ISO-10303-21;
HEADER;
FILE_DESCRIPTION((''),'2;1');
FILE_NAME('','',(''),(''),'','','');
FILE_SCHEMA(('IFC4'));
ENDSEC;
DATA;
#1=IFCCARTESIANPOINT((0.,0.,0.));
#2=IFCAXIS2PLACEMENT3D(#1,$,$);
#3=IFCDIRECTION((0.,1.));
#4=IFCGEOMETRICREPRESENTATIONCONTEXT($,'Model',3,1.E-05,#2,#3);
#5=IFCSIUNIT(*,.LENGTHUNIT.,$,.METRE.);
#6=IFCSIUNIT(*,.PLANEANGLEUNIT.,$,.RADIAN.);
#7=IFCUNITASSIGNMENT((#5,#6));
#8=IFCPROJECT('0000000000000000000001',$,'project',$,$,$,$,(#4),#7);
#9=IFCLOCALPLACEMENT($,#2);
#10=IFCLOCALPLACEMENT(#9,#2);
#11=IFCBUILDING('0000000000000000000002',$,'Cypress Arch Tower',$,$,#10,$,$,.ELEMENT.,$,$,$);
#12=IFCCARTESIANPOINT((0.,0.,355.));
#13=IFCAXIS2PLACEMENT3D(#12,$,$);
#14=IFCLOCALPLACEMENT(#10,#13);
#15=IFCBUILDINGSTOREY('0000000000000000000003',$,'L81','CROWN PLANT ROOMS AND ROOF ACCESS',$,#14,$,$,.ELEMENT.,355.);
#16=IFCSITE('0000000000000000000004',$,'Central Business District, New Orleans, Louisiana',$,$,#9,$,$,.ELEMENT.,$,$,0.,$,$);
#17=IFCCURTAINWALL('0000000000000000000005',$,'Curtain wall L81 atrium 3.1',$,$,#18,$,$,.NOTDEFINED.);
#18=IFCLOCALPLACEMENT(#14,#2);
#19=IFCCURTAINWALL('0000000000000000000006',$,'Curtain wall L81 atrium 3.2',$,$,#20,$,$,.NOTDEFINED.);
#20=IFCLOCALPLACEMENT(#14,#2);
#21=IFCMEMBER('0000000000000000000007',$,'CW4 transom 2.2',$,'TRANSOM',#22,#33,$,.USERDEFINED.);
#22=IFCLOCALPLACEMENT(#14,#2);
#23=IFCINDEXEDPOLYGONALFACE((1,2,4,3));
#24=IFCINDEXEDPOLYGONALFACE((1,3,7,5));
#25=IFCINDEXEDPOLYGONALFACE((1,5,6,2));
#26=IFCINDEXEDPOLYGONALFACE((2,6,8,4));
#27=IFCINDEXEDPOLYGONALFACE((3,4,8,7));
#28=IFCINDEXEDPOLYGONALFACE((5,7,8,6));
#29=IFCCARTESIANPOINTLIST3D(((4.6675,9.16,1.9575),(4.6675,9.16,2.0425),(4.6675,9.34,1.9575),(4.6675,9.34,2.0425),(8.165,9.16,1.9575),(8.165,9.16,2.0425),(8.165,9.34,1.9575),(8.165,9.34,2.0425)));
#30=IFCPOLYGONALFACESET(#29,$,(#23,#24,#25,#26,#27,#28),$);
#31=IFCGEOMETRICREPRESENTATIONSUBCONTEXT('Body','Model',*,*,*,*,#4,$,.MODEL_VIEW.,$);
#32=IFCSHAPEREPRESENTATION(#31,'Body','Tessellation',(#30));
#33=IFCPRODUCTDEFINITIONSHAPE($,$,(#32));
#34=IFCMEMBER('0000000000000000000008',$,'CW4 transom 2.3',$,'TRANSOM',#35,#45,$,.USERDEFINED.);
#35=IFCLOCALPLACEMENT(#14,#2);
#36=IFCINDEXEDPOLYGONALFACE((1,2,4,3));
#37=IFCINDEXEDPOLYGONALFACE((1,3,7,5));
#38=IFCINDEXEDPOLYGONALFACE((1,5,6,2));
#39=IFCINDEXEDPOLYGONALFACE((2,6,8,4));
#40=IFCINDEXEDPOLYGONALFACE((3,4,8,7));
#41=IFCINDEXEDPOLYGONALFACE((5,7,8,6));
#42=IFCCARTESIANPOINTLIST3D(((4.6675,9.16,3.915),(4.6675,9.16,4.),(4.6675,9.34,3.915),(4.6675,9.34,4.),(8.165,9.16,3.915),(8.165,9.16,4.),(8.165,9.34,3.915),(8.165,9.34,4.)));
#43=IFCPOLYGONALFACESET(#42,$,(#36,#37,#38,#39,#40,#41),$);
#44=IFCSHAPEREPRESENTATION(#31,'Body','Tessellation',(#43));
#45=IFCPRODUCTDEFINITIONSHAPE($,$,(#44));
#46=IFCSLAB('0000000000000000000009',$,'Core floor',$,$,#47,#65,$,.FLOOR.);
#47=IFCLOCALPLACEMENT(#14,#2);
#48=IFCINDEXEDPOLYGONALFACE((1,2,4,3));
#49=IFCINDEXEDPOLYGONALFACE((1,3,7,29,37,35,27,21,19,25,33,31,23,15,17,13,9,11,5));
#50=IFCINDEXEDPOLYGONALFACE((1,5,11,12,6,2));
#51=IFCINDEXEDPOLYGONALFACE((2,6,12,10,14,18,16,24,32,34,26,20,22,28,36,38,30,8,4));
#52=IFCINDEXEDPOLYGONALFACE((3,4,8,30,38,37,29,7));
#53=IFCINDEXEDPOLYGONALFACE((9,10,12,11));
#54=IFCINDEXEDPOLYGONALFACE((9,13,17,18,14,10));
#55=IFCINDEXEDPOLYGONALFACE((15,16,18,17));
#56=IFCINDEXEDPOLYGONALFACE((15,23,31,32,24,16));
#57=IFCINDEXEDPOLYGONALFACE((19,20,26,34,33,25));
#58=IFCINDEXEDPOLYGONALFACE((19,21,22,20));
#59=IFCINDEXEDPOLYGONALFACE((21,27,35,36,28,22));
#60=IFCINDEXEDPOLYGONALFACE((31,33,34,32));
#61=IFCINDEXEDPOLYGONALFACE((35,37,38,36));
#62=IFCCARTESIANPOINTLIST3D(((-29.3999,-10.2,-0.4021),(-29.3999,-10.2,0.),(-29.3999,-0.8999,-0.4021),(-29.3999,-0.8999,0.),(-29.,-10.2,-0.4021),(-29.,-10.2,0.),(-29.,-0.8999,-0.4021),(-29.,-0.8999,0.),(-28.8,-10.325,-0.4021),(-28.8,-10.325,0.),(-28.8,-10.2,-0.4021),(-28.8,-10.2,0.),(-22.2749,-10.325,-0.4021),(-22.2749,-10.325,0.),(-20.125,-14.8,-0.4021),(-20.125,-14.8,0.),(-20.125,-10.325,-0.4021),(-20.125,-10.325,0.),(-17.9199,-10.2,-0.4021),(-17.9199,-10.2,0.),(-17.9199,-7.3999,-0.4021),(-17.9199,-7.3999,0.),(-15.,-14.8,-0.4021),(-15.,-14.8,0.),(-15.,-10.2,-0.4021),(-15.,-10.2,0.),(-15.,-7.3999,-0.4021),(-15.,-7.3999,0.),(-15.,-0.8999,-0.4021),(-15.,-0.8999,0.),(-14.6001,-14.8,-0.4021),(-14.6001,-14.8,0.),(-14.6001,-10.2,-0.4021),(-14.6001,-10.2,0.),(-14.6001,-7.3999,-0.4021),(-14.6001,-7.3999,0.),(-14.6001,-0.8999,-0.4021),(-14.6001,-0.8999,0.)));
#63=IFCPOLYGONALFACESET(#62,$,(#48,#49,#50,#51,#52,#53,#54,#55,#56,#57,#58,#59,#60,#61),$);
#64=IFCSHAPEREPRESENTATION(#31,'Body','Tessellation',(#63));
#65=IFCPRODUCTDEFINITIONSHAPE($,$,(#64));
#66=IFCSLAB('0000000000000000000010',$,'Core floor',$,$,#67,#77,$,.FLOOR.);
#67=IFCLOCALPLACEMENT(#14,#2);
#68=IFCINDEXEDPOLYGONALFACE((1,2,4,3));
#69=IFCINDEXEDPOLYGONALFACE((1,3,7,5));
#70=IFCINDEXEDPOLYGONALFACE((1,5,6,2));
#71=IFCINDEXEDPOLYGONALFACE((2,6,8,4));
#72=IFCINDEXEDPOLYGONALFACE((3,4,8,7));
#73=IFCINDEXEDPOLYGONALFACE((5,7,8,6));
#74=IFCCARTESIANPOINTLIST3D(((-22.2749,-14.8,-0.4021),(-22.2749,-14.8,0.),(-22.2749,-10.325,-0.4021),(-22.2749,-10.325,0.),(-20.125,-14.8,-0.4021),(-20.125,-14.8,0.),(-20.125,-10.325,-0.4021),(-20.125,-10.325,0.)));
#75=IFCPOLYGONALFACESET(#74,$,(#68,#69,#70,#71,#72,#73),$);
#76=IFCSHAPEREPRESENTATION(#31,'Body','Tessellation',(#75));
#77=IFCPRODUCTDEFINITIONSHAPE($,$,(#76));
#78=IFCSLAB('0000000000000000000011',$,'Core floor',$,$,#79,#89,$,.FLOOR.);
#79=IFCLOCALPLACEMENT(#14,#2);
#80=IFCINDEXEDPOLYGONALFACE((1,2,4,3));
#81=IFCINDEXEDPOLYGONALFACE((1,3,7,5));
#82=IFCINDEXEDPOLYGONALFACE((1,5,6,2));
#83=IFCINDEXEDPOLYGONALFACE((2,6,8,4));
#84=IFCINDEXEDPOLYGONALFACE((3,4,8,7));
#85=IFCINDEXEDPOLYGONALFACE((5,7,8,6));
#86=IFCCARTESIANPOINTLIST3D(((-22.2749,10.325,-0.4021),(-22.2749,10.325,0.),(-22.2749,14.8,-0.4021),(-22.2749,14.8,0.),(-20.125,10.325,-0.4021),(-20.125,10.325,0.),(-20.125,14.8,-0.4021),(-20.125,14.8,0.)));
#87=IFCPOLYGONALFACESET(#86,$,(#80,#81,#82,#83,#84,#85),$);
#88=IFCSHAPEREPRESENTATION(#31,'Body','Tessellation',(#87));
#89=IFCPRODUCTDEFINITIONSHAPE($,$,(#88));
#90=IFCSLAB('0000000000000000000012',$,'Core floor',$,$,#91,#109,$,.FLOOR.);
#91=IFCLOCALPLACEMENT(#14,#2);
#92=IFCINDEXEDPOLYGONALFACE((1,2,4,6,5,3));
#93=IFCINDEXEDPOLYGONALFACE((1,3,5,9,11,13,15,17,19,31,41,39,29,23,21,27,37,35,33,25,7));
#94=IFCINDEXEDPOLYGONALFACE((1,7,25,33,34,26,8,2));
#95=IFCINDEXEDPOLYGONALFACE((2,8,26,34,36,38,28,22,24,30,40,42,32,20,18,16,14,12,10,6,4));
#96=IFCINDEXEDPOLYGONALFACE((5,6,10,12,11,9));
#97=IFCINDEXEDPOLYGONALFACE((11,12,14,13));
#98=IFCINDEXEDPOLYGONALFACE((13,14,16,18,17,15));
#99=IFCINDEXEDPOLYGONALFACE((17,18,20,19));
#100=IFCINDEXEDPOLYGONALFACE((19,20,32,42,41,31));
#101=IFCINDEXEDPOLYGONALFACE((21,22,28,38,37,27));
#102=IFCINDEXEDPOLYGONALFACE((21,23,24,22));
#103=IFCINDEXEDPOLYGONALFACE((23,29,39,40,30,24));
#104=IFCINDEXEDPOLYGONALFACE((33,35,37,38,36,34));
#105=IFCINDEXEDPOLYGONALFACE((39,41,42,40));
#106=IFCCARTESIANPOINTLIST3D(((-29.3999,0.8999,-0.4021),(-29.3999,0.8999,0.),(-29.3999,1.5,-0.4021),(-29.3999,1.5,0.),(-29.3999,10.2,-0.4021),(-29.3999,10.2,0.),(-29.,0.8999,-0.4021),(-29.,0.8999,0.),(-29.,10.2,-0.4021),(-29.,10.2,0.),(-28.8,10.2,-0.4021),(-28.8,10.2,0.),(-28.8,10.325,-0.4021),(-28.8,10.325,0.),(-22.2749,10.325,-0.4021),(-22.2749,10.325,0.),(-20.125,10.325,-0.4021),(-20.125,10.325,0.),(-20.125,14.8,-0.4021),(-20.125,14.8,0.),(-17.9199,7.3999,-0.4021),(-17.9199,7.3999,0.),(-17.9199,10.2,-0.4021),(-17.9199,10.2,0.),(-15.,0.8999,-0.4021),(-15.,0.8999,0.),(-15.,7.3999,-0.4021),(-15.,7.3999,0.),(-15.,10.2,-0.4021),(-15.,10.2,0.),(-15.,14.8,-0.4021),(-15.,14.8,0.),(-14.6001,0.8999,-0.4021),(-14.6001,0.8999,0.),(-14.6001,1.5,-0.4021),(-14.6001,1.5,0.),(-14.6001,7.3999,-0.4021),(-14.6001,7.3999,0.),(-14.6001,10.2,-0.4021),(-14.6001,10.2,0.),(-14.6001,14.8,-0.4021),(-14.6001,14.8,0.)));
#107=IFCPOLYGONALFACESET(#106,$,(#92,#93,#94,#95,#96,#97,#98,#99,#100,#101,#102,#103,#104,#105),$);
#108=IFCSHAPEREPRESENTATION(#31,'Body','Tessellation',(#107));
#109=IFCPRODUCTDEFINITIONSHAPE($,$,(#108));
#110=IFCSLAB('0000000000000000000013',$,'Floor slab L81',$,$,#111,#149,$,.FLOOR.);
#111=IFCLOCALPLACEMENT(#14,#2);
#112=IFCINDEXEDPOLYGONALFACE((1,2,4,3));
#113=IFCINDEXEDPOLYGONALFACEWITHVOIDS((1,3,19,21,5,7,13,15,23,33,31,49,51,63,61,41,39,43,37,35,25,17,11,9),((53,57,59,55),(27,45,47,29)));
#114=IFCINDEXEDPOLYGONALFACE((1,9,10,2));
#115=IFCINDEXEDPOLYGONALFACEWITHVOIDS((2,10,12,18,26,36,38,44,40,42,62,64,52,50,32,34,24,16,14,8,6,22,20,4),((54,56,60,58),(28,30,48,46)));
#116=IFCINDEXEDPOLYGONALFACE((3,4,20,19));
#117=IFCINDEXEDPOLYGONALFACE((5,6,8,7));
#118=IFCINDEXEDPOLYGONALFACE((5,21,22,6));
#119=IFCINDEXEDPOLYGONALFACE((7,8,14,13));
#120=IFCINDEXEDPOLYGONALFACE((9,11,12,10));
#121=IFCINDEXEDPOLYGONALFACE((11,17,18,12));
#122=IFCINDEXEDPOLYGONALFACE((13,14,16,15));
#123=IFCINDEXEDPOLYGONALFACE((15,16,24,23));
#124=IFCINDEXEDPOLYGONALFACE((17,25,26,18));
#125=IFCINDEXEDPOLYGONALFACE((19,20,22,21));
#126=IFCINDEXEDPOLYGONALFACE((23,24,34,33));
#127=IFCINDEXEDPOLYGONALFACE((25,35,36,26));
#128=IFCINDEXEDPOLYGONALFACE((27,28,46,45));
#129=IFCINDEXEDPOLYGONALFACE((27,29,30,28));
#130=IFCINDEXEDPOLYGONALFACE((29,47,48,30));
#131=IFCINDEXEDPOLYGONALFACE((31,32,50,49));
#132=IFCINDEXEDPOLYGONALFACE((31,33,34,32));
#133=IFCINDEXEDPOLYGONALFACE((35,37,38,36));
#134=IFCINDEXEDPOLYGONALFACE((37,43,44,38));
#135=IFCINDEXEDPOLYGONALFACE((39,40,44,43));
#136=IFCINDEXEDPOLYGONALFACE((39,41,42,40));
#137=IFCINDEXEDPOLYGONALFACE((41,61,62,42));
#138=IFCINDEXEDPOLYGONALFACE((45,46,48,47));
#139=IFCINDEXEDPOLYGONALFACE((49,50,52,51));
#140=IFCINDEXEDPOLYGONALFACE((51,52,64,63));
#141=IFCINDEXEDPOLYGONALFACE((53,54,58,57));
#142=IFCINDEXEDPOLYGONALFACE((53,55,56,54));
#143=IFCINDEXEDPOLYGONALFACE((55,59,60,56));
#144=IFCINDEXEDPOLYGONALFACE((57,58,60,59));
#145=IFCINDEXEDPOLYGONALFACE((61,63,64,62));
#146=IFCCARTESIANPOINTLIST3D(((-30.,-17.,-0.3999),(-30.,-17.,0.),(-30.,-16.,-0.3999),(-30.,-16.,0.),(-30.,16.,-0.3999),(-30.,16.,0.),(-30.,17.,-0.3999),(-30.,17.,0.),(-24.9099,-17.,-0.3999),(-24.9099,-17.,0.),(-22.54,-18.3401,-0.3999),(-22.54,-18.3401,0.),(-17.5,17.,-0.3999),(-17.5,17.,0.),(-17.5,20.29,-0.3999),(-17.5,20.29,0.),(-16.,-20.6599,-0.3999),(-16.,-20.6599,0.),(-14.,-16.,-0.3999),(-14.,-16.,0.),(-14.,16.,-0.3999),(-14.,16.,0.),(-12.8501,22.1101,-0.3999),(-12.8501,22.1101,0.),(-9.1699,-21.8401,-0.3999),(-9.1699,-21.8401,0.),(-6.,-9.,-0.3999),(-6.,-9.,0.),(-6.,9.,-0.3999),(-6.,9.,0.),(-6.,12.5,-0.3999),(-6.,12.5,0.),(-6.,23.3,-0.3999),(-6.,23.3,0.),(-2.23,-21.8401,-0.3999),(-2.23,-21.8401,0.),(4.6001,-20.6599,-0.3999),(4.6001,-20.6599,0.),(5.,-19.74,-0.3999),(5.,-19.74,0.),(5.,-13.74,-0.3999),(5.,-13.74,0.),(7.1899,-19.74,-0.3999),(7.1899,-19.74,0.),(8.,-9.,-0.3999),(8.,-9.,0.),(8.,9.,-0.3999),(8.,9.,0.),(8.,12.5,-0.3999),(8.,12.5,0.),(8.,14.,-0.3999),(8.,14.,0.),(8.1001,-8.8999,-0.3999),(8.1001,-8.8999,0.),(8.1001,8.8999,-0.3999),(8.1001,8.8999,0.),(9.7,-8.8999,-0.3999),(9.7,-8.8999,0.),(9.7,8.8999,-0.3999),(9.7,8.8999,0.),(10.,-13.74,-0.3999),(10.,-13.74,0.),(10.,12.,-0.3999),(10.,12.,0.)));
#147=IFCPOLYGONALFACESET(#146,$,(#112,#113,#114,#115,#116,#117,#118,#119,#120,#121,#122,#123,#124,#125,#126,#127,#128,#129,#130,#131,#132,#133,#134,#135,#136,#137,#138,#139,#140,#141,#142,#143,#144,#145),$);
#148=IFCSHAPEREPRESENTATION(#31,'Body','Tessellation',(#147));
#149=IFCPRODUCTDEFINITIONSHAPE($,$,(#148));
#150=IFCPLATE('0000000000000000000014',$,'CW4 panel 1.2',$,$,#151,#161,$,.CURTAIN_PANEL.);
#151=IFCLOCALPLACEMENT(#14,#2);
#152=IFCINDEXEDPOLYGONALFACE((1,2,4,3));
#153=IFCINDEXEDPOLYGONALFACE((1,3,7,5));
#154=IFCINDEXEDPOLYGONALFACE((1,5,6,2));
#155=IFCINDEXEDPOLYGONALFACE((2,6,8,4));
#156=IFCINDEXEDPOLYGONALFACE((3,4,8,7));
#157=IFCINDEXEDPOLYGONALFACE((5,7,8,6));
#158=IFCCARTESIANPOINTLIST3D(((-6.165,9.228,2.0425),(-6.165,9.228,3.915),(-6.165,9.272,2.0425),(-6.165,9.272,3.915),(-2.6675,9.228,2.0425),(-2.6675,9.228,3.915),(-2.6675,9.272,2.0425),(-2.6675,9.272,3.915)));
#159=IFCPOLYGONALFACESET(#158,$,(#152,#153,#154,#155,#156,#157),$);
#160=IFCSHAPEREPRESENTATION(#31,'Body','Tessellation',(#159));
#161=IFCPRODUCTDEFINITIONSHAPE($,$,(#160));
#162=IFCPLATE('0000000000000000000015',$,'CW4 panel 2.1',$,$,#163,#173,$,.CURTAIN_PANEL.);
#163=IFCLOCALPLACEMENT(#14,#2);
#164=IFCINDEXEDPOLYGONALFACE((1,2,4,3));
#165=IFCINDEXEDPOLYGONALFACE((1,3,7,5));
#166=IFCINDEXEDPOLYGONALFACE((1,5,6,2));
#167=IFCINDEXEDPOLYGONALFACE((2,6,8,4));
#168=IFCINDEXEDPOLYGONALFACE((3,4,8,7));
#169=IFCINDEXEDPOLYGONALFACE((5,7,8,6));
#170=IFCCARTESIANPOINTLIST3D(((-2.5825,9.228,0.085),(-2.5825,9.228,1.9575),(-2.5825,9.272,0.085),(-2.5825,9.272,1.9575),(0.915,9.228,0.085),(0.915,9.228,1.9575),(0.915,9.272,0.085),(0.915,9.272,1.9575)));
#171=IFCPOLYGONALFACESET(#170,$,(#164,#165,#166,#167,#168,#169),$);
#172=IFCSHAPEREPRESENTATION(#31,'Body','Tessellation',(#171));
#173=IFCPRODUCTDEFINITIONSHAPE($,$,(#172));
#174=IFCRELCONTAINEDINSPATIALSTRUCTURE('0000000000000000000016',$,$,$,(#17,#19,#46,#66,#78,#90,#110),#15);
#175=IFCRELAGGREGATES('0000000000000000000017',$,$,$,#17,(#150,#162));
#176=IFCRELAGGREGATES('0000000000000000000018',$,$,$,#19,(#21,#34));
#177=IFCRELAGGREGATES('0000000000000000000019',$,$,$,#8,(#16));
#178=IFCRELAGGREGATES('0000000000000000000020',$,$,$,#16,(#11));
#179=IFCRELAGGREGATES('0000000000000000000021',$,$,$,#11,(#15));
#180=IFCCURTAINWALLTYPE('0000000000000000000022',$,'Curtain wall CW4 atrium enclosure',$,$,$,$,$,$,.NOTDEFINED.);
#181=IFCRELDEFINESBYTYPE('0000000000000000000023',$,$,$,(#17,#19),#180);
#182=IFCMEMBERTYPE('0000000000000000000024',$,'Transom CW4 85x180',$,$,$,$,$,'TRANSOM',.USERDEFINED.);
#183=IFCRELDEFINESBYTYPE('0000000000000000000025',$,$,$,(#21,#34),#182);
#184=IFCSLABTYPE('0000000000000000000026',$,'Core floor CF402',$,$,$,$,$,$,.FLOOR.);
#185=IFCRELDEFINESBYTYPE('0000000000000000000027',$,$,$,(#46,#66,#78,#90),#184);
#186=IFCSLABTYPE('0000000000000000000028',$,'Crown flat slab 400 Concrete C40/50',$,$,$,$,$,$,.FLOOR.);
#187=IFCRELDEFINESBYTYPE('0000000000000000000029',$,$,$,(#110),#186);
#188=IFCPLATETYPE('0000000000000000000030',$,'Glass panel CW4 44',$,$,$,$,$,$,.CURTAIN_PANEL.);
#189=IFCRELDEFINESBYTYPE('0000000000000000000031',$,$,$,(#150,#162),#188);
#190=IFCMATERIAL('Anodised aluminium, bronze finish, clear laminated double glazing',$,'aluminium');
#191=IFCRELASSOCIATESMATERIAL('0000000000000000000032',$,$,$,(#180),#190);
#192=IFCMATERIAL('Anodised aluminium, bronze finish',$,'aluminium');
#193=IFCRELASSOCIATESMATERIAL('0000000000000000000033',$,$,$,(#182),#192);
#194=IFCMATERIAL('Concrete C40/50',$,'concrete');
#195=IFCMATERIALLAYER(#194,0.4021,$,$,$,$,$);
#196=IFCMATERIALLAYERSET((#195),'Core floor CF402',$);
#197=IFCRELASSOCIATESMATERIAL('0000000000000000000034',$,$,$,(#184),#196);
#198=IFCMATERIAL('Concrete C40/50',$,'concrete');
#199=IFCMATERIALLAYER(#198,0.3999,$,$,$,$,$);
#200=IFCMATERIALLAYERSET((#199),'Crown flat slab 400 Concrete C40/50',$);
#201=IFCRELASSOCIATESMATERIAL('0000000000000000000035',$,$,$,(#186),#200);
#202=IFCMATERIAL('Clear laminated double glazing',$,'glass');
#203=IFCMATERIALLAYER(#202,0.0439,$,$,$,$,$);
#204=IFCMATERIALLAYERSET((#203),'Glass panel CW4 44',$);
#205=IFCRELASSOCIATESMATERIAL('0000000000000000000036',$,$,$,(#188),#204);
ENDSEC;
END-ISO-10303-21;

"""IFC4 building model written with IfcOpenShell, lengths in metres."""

from ifc_helpers import new_model, si_unit, direction, frame, origin, origin_2d, place, context, subcontext, project, spatial, polyline, rectangle, outline, extrude, material, layer, layer_set, material_profile, profile_set, type_object, element, aggregate, save


model = new_model("IFC4")

# Units and contexts
model_context = context("Model", 3, precision=1e-05, world=origin(), true_north=direction((0.0, 1.0)))
body_context = subcontext(model_context, "Body", "Model", "MODEL_VIEW")
ifc_project = project(units=[si_unit("LENGTHUNIT", "METRE"), si_unit("PLANEANGLEUNIT", "RADIAN")], contexts=[model_context])

# Site, building, storey
site_placement = place(None, origin())
site = spatial("IfcSite", under=ifc_project, at=site_placement, Name="Central Business District, New Orleans, Louisiana", CompositionType="ELEMENT", RefElevation=0.0)
building_placement = place(site_placement, origin())
building = spatial("IfcBuilding", under=site, at=building_placement, Name="Cypress Arch Tower", CompositionType="ELEMENT")
storey_placement = place(building_placement, frame((0.0, 0.0, 355.0)))
storey = spatial("IfcBuildingStorey", under=building, at=storey_placement, Name="L81", Description="CROWN PLANT ROOMS AND ROOF ACCESS", CompositionType="ELEMENT", Elevation=355.0)

# Curtain walls
ifc_material_1 = material(Name="Anodised aluminium, bronze finish, clear laminated double glazing", Category="aluminium")
curtain_wall_type = type_object("IfcCurtainWallType", Name="Curtain wall CW4 atrium enclosure", PredefinedType="NOTDEFINED", material=ifc_material_1)
curtain_wall_1_placement = place(storey_placement, origin())
curtain_wall_1 = element("IfcCurtainWall", 1, at=curtain_wall_1_placement, inside=storey, type_object=curtain_wall_type, Name="Curtain wall L81 atrium 3.1", PredefinedType="NOTDEFINED")
curtain_wall_2_placement = place(storey_placement, origin())
curtain_wall_2 = element("IfcCurtainWall", 2, at=curtain_wall_2_placement, inside=storey, type_object=curtain_wall_type, Name="Curtain wall L81 atrium 3.2", PredefinedType="NOTDEFINED")

# Members
ifc_material_2 = material(Name="Anodised aluminium, bronze finish", Category="aluminium")
ifc_material_profile_1 = material_profile(ifc_material_2, rectangle(XDim=0.1799, YDim=0.085, at=origin_2d()), Name="Transom 85x180")
ifc_profile_set_1 = profile_set([ifc_material_profile_1], Name="Anodised aluminium, bronze finish")
member_type_1 = type_object("IfcMemberType", Name="Transom CW4 85x180", ElementType="TRANSOM", PredefinedType="USERDEFINED", material=ifc_profile_set_1)
member_1_placement = place(storey_placement, frame((4.6675, 9.25, 2.0), z_axis=(1.0, 0.0, 0.0), x_axis=(0.0, 1.0, 0.0)))
member_1 = element("IfcMember", 3, at=member_1_placement, type_object=member_type_1, Name="CW4 transom 2.2", ObjectType="TRANSOM", PredefinedType="USERDEFINED", context=body_context, shape_type="SweptSolid", body=[
    extrude(rectangle(XDim=0.1799, YDim=0.085, at=origin_2d()), origin(), (0.0, 0.0, 1.0), 3.4976),
])
member_2_placement = place(storey_placement, frame((4.6675, 9.25, 3.9575), z_axis=(1.0, 0.0, 0.0), x_axis=(0.0, 1.0, 0.0)))
member_2 = element("IfcMember", 4, at=member_2_placement, type_object=member_type_1, Name="CW4 transom 2.3", ObjectType="TRANSOM", PredefinedType="USERDEFINED", context=body_context, shape_type="SweptSolid", body=[
    extrude(rectangle(XDim=0.1799, YDim=0.085, at=origin_2d()), origin(), (0.0, 0.0, 1.0), 3.4976),
])

# Slabs
ifc_material_3 = material(Name="Concrete C40/50", Category="concrete")
ifc_layer_1 = layer(ifc_material_3, 0.4021)
ifc_layer_set_1 = layer_set([ifc_layer_1], Name="Core floor CF402")
slab_type_1 = type_object("IfcSlabType", Name="Core floor CF402", PredefinedType="FLOOR", material=ifc_layer_set_1)
slab_1_placement = place(storey_placement, frame((0.0, 0.0, -0.4021)))
element("IfcSlab", 5, at=slab_1_placement, inside=storey, type_object=slab_type_1, Name="Core floor", PredefinedType="FLOOR", context=body_context, shape_type="SweptSolid", body=[
    extrude(outline(polyline([(-28.8, -10.2), (-29.0, -10.2), (-29.3999, -10.2), (-29.3999, -0.8999), (-29.0, -0.8999), (-15.0, -0.8999), (-14.6001, -0.8999), (-14.6001, -7.3999), (-15.0, -7.3999), (-17.9199, -7.3999), (-17.9199, -10.2), (-15.0, -10.2), (-14.6001, -10.2), (-14.6001, -14.8), (-15.0, -14.8), (-20.125, -14.8), (-20.125, -10.325), (-22.2749, -10.325), (-28.8, -10.325), (-28.8, -10.2)])), origin(), (0.0, 0.0, 1.0), 0.4021),
])
slab_2_placement = place(storey_placement, frame((0.0, 0.0, -0.4021)))
element("IfcSlab", 6, at=slab_2_placement, inside=storey, type_object=slab_type_1, Name="Core floor", PredefinedType="FLOOR", context=body_context, shape_type="SweptSolid", body=[
    extrude(outline(polyline([(-22.2749, -10.325), (-22.2749, -14.8), (-20.125, -14.8), (-20.125, -10.325), (-22.2749, -10.325)])), origin(), (0.0, 0.0, 1.0), 0.4021),
])
slab_3_placement = place(storey_placement, frame((0.0, 0.0, -0.4021)))
element("IfcSlab", 7, at=slab_3_placement, inside=storey, type_object=slab_type_1, Name="Core floor", PredefinedType="FLOOR", context=body_context, shape_type="SweptSolid", body=[
    extrude(outline(polyline([(-20.125, 14.8), (-22.2749, 14.8), (-22.2749, 10.325), (-20.125, 10.325), (-20.125, 14.8)])), origin(), (0.0, 0.0, 1.0), 0.4021),
])
slab_4_placement = place(storey_placement, frame((0.0, 0.0, -0.4021)))
element("IfcSlab", 8, at=slab_4_placement, inside=storey, type_object=slab_type_1, Name="Core floor", PredefinedType="FLOOR", context=body_context, shape_type="SweptSolid", body=[
    extrude(outline(polyline([(-22.2749, 10.325), (-20.125, 10.325), (-20.125, 14.8), (-15.0, 14.8), (-14.6001, 14.8), (-14.6001, 10.2), (-15.0, 10.2), (-17.9199, 10.2), (-17.9199, 7.3999), (-15.0, 7.3999), (-14.6001, 7.3999), (-14.6001, 1.5), (-14.6001, 0.8999), (-15.0, 0.8999), (-29.0, 0.8999), (-29.3999, 0.8999), (-29.3999, 1.5), (-29.3999, 10.2), (-29.0, 10.2), (-28.8, 10.2), (-28.8, 10.325), (-22.2749, 10.325)])), origin(), (0.0, 0.0, 1.0), 0.4021),
])
ifc_material_4 = material(Name="Concrete C40/50", Category="concrete")
ifc_layer_2 = layer(ifc_material_4, 0.3999)
ifc_layer_set_2 = layer_set([ifc_layer_2], Name="Crown flat slab 400 Concrete C40/50")
slab_type_2 = type_object("IfcSlabType", Name="Crown flat slab 400 Concrete C40/50", PredefinedType="FLOOR", material=ifc_layer_set_2)
slab_5_placement = place(storey_placement, frame((0.0, 0.0, -0.3999)))
element("IfcSlab", 9, at=slab_5_placement, inside=storey, type_object=slab_type_2, Name="Floor slab L81", PredefinedType="FLOOR", context=body_context, shape_type="SweptSolid", body=[
    extrude(outline(polyline([(-17.5, 17.0), (-17.5, 20.29), (-12.8501, 22.1101), (-6.0, 23.3), (-6.0, 12.5), (8.0, 12.5), (8.0, 14.0), (10.0, 12.0), (10.0, -13.74), (5.0, -13.74), (5.0, -19.74), (7.1899, -19.74), (4.6001, -20.6599), (-2.23, -21.8401), (-9.1699, -21.8401), (-16.0, -20.6599), (-22.54, -18.3401), (-24.9099, -17.0), (-30.0, -17.0), (-30.0, -16.0), (-14.0, -16.0), (-14.0, 16.0), (-30.0, 16.0), (-30.0, 17.0), (-17.5, 17.0)]), holes=[polyline([(8.1001, -8.8999), (9.7, -8.8999), (9.7, 8.8999), (8.1001, 8.8999), (8.1001, -8.8999)]), polyline([(8.0, -9.0), (8.0, 9.0), (-6.0, 9.0), (-6.0, -9.0), (8.0, -9.0)])]), origin(), (0.0, 0.0, 1.0), 0.3999),
])

# Plates
ifc_material_5 = material(Name="Clear laminated double glazing", Category="glass")
ifc_layer_3 = layer(ifc_material_5, 0.0439)
ifc_layer_set_3 = layer_set([ifc_layer_3], Name="Glass panel CW4 44")
plate_type = type_object("IfcPlateType", Name="Glass panel CW4 44", PredefinedType="CURTAIN_PANEL", material=ifc_layer_set_3)
plate_1_placement = place(storey_placement, frame((-4.4163, 9.25, 2.0425), z_axis=(0.0, 0.0, 1.0), x_axis=(1.0, 0.0, 0.0)))
plate_1 = element("IfcPlate", 10, at=plate_1_placement, type_object=plate_type, Name="CW4 panel 1.2", PredefinedType="CURTAIN_PANEL", context=body_context, shape_type="SweptSolid", body=[
    extrude(rectangle(XDim=3.4976, YDim=0.0439, at=origin_2d()), origin(), (0.0, 0.0, 1.0), 1.8726),
])
plate_2_placement = place(storey_placement, frame((-0.8337, 9.25, 0.085), z_axis=(0.0, 0.0, 1.0), x_axis=(1.0, 0.0, 0.0)))
plate_2 = element("IfcPlate", 11, at=plate_2_placement, type_object=plate_type, Name="CW4 panel 2.1", PredefinedType="CURTAIN_PANEL", context=body_context, shape_type="SweptSolid", body=[
    extrude(rectangle(XDim=3.4976, YDim=0.0439, at=origin_2d()), origin(), (0.0, 0.0, 1.0), 1.8726),
])
aggregate(curtain_wall_1, [plate_1, plate_2])
aggregate(curtain_wall_2, [member_1, member_2])

save(model, "model.ifc")
